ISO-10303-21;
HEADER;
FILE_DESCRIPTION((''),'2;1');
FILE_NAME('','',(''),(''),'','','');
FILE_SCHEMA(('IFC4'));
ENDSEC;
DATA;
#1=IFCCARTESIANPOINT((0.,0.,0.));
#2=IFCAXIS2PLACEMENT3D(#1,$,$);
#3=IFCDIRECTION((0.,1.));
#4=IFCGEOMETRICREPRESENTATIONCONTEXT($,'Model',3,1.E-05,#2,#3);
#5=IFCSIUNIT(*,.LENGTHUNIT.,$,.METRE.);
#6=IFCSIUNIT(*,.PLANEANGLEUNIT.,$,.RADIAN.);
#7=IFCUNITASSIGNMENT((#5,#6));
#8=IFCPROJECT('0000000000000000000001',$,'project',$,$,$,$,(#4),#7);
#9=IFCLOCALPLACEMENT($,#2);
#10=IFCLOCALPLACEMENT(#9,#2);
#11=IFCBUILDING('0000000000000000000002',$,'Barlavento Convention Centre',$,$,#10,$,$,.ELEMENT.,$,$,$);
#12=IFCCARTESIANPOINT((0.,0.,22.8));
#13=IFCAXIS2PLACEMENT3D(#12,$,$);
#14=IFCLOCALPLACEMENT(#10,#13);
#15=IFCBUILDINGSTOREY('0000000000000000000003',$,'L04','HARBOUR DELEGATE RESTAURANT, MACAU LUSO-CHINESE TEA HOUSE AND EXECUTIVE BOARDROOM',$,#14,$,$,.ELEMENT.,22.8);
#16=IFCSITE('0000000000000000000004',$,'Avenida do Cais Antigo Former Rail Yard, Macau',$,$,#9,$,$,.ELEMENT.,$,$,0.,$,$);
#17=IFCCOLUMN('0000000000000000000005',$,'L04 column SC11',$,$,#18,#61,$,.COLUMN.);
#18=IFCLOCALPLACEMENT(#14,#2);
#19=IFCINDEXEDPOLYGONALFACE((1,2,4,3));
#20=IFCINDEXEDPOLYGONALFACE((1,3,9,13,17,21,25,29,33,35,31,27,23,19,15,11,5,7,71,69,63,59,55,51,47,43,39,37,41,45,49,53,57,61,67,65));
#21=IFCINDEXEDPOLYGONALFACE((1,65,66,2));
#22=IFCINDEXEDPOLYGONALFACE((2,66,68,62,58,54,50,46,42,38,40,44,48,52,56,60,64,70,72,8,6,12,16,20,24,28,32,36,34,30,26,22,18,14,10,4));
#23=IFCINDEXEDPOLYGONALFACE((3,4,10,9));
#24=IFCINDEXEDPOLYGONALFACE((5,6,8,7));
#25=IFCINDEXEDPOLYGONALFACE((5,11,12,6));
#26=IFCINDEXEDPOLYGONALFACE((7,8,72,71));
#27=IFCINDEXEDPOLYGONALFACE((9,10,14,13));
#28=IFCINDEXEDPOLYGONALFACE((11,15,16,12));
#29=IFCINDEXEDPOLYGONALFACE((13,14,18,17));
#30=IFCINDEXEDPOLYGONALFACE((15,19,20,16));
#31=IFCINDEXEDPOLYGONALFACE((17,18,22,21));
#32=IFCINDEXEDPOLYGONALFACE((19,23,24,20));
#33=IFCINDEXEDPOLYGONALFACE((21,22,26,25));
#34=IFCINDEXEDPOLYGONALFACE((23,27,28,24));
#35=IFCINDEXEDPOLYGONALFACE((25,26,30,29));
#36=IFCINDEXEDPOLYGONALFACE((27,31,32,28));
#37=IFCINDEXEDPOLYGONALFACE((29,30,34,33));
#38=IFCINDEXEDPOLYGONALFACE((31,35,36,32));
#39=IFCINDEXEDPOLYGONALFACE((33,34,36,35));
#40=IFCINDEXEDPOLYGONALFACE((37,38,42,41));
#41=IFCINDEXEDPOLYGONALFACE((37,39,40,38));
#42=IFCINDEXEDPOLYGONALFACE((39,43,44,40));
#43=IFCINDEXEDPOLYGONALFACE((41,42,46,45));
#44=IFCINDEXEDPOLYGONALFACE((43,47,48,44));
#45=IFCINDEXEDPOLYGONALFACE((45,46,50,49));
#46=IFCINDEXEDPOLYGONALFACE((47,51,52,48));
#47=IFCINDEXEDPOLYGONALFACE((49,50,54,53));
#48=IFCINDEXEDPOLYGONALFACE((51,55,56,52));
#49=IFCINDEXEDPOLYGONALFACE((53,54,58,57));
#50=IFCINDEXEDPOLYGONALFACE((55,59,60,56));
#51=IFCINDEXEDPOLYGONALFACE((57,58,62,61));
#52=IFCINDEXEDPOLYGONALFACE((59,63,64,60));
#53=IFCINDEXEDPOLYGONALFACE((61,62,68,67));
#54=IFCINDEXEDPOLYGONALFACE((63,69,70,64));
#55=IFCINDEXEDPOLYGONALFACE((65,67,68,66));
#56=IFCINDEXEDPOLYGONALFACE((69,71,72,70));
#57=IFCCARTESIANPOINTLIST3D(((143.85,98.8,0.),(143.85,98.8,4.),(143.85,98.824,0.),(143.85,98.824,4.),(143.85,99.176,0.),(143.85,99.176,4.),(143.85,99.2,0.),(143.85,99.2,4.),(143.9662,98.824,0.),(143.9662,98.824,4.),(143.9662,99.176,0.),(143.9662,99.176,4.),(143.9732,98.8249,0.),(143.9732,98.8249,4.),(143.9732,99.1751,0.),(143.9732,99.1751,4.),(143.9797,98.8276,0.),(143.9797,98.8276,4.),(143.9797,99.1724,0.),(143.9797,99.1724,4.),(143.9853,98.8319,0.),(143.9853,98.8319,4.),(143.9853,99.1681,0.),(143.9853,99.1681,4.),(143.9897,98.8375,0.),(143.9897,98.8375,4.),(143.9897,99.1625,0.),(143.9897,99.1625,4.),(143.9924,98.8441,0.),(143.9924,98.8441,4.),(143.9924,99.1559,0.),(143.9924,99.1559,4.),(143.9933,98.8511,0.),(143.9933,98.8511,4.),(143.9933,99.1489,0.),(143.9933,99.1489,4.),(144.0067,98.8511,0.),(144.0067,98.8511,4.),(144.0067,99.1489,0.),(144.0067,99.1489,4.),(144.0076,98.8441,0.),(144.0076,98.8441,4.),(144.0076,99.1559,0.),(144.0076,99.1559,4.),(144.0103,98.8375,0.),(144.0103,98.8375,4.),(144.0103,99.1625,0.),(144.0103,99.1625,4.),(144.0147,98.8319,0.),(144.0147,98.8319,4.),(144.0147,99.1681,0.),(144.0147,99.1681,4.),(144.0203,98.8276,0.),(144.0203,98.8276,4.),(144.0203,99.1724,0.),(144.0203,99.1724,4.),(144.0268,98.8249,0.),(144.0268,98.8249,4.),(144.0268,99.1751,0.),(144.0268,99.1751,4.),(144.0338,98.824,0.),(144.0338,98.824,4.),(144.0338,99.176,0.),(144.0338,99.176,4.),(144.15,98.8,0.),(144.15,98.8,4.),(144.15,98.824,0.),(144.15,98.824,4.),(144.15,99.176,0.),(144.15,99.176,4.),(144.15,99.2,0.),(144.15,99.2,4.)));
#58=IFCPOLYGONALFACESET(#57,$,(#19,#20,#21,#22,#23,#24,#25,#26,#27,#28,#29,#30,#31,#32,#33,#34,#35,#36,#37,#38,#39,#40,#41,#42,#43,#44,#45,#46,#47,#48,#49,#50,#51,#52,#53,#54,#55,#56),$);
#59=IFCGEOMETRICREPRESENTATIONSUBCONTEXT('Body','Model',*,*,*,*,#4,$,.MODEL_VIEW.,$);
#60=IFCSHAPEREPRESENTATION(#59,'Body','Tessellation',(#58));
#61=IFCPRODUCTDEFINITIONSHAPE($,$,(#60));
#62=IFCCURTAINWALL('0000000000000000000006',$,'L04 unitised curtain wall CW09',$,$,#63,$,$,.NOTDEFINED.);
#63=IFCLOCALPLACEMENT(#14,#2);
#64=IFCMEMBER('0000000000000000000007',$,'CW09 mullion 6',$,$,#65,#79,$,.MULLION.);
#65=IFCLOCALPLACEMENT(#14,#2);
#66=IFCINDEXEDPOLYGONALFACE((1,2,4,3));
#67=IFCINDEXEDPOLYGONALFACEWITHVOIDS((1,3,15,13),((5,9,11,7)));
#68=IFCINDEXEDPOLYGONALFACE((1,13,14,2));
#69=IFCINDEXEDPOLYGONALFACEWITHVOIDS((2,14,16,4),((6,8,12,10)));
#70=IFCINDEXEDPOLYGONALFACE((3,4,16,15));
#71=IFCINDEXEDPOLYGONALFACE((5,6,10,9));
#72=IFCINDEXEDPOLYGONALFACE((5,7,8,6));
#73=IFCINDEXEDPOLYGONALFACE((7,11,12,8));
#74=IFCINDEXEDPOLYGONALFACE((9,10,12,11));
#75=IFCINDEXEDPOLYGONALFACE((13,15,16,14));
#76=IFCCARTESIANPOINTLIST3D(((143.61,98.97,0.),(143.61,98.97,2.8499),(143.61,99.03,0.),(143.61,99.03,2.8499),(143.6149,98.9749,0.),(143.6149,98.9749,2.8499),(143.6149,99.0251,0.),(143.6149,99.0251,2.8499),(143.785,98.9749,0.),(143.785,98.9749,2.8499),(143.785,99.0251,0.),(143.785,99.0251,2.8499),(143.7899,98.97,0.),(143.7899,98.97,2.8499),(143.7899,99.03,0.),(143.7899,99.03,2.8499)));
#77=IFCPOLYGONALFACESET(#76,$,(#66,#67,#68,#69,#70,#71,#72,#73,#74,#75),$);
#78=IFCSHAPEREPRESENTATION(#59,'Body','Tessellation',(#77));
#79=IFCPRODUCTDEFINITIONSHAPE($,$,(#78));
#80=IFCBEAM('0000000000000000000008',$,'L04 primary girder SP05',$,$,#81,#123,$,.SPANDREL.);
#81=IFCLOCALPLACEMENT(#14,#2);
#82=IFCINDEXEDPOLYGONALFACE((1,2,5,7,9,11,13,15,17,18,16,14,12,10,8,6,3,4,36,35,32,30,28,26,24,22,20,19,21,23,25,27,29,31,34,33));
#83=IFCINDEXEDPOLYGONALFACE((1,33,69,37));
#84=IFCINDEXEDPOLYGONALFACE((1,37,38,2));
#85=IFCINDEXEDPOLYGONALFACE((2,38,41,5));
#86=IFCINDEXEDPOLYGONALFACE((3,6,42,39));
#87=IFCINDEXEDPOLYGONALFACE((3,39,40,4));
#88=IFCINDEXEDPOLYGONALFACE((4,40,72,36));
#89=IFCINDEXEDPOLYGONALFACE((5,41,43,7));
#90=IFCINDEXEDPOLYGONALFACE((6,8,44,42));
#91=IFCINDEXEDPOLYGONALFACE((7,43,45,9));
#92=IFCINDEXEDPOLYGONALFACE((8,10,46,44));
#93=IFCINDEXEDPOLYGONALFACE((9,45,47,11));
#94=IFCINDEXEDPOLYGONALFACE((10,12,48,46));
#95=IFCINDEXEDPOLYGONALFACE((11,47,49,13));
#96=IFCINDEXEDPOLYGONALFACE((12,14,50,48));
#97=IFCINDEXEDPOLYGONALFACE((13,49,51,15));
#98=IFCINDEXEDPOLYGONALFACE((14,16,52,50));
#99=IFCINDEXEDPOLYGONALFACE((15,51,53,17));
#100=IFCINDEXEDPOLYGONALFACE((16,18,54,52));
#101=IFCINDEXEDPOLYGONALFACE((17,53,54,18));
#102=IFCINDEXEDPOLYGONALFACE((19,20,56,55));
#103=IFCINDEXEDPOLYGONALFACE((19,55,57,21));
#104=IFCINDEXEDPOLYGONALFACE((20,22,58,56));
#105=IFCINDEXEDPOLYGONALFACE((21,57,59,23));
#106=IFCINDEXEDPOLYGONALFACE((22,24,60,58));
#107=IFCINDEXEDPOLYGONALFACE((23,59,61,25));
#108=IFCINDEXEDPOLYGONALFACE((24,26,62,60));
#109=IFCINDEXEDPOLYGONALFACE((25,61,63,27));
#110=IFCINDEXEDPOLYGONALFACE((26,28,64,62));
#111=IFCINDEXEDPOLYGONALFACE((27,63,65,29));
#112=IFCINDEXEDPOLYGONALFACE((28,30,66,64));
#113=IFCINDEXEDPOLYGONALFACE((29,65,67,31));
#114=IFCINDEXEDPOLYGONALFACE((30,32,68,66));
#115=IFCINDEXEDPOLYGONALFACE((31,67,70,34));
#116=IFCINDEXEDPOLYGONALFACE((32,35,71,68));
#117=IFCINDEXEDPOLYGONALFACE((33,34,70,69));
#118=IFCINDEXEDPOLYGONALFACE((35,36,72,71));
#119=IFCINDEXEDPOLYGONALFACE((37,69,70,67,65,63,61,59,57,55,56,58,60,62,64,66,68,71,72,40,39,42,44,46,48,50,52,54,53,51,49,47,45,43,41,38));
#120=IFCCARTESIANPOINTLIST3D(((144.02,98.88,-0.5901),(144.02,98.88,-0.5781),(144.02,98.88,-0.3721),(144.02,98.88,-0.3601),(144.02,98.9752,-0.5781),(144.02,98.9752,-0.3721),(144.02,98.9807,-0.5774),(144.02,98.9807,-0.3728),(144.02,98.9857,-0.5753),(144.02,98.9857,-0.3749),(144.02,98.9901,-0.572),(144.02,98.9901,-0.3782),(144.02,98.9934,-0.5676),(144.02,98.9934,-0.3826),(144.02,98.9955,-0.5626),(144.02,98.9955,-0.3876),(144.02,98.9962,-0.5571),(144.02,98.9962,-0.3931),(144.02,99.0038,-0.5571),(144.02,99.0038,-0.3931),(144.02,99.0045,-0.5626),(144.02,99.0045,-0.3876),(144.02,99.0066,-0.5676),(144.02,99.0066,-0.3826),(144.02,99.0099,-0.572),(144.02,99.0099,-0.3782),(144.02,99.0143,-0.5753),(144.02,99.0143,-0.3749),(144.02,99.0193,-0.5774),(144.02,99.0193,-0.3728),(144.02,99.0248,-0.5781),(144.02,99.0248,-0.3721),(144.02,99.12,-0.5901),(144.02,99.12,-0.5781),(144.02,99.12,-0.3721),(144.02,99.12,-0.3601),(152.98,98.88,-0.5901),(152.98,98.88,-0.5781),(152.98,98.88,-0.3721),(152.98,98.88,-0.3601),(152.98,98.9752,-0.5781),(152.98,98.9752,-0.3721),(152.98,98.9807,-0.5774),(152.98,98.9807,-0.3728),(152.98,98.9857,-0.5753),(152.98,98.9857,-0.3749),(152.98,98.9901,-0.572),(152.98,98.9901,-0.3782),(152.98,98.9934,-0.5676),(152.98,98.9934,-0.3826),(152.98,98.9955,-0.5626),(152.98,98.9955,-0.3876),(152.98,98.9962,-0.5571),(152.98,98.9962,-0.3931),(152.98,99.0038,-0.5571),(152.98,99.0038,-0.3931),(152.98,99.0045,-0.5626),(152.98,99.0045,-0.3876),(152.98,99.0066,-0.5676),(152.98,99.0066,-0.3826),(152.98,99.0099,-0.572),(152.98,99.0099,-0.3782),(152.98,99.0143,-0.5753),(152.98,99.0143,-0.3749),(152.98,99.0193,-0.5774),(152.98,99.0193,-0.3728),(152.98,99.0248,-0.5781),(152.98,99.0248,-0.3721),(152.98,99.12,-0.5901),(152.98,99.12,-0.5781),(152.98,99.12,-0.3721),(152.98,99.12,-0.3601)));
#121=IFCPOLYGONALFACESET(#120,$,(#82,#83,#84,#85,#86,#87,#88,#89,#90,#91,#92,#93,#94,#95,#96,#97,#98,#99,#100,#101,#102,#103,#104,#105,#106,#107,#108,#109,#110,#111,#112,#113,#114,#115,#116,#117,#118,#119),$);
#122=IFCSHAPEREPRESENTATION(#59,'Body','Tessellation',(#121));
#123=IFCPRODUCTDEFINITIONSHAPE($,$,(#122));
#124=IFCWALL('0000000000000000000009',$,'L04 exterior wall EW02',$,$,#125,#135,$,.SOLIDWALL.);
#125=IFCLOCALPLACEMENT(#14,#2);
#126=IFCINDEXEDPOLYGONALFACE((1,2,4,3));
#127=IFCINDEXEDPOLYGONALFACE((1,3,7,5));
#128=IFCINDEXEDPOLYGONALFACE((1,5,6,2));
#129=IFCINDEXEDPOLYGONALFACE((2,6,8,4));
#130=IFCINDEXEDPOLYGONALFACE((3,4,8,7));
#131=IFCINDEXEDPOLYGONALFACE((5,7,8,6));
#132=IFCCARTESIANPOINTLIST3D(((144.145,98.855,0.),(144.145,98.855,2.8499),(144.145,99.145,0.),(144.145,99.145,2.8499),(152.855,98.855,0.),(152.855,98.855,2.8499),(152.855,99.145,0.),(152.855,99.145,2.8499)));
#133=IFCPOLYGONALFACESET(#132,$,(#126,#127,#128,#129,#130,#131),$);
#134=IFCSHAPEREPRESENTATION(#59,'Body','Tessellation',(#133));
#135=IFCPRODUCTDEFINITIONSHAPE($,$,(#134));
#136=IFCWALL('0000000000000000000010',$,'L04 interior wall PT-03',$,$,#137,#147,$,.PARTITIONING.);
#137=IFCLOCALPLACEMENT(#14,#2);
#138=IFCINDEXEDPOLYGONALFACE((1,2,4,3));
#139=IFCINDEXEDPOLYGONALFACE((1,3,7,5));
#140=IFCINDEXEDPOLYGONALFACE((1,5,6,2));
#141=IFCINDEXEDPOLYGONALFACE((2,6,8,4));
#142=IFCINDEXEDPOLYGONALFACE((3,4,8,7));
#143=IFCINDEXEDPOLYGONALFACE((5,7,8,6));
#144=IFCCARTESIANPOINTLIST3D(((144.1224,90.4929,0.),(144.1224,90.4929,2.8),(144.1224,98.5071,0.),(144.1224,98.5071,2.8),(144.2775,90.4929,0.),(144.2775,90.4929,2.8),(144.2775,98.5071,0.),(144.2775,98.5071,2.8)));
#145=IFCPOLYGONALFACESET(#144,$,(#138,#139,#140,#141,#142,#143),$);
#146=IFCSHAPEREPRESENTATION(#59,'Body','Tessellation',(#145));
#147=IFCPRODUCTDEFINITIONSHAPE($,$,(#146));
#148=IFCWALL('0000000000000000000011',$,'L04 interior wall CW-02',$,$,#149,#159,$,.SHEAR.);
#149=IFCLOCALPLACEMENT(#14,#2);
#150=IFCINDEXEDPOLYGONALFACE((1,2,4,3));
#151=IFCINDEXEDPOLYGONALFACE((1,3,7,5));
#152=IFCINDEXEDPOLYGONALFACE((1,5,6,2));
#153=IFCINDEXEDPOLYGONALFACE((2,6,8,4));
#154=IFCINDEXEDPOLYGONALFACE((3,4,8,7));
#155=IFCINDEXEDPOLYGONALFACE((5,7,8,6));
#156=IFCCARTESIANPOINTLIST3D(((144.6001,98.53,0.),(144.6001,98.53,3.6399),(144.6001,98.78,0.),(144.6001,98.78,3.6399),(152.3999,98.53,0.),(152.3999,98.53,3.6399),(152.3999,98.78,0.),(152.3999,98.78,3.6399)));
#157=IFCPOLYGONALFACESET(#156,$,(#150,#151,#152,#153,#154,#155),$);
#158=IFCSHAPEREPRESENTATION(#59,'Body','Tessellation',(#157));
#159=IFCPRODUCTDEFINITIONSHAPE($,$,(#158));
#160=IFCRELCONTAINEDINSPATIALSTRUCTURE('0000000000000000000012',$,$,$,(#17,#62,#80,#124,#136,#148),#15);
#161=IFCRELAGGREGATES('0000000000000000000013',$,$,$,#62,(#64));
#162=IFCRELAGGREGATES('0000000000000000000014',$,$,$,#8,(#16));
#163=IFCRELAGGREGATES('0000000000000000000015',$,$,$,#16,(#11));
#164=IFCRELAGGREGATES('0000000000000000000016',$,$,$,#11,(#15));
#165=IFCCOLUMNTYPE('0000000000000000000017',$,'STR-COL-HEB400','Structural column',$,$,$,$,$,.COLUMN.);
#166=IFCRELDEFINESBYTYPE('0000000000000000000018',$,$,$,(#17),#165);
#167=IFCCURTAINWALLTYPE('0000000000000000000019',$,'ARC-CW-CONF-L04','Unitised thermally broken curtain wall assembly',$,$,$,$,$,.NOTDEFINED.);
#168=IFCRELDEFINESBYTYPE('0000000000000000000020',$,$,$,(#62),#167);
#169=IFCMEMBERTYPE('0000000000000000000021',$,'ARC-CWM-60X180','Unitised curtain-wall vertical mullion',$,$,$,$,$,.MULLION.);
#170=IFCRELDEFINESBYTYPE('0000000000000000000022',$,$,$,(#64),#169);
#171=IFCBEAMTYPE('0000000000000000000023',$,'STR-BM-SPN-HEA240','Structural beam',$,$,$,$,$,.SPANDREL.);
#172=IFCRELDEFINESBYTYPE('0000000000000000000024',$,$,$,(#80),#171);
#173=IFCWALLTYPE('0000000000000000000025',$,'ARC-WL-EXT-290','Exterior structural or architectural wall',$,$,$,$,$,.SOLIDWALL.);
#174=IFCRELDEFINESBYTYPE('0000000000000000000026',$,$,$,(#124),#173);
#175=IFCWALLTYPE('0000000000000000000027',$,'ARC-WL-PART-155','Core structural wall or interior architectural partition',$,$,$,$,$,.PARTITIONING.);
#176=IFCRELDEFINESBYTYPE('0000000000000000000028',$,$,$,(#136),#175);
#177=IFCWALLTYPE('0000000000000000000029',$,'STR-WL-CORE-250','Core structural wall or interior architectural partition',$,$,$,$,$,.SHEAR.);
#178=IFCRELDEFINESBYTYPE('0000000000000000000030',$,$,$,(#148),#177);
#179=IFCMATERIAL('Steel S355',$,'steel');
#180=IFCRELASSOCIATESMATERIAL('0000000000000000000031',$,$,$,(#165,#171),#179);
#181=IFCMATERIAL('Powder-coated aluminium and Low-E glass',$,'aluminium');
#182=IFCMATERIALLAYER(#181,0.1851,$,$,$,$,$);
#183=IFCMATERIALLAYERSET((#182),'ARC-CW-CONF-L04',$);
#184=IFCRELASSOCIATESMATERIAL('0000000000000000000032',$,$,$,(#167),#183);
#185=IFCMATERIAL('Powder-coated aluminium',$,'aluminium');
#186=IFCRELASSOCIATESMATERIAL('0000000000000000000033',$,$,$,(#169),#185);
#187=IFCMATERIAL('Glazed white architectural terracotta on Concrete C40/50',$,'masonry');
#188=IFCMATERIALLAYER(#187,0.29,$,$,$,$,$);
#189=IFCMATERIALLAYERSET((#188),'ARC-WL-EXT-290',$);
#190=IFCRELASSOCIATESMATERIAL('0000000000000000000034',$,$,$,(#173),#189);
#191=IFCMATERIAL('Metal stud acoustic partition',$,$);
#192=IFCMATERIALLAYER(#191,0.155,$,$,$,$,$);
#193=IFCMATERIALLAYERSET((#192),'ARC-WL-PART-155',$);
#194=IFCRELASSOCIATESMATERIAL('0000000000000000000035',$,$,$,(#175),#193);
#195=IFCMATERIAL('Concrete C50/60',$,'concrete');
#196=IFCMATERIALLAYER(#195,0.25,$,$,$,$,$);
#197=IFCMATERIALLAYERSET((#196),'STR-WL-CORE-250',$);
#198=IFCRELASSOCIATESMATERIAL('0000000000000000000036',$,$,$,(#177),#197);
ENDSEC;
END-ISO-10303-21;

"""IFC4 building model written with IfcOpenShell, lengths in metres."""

from ifc_helpers import new_model, si_unit, direction, frame, frame_2d, origin, origin_2d, place, context, subcontext, project, spatial, rectangle, hollow_rectangle, i_section, extrude, material, layer, layer_set, material_profile, profile_set, type_object, element, aggregate, save


model = new_model("IFC4")

# Units and contexts
model_context = context("Model", 3, precision=1e-05, world=origin(), true_north=direction((0.0, 1.0)))
body_context = subcontext(model_context, "Body", "Model", "MODEL_VIEW")
ifc_project = project(units=[si_unit("LENGTHUNIT", "METRE"), si_unit("PLANEANGLEUNIT", "RADIAN")], contexts=[model_context])

# Site, building, storey
site_placement = place(None, origin())
site = spatial("IfcSite", under=ifc_project, at=site_placement, Name="Avenida do Cais Antigo Former Rail Yard, Macau", CompositionType="ELEMENT", RefElevation=0.0)
building_placement = place(site_placement, origin())
building = spatial("IfcBuilding", under=site, at=building_placement, Name="Barlavento Convention Centre", CompositionType="ELEMENT")
storey_placement = place(building_placement, frame((0.0, 0.0, 22.8)))
storey = spatial("IfcBuildingStorey", under=building, at=storey_placement, Name="L04", Description="HARBOUR DELEGATE RESTAURANT, MACAU LUSO-CHINESE TEA HOUSE AND EXECUTIVE BOARDROOM", CompositionType="ELEMENT", Elevation=22.8)

# Column
ifc_material_1 = material(Name="Steel S355", Category="steel")
ifc_material_profile_1 = material_profile(ifc_material_1, i_section(OverallWidth=0.3, OverallDepth=0.3999, WebThickness=0.0134, FlangeThickness=0.0239, FilletRadius=0.0271, at=origin_2d()), Name="HEB 400")
ifc_profile_set_1 = profile_set([ifc_material_profile_1], Name="Steel S355")
column_type = type_object("IfcColumnType", Name="STR-COL-HEB400", Description="Structural column", PredefinedType="COLUMN", material=ifc_profile_set_1)
column_placement = place(storey_placement, frame((144.0, 99.0, 0.0), z_axis=(0.0, 0.0, 1.0), x_axis=(1.0, 0.0, 0.0)))
element("IfcColumn", 1, at=column_placement, inside=storey, type_object=column_type, Name="L04 column SC11", PredefinedType="COLUMN", context=body_context, shape_type="SweptSolid", body=[
    extrude(i_section(OverallWidth=0.3, OverallDepth=0.3999, WebThickness=0.0134, FlangeThickness=0.0239, FilletRadius=0.0271, at=origin_2d()), origin(), (0.0, 0.0, 1.0), 4.0),
])

# Curtain wall, member
ifc_material_2 = material(Name="Powder-coated aluminium and Low-E glass", Category="aluminium")
ifc_layer_1 = layer(ifc_material_2, 0.1851)
ifc_layer_set_1 = layer_set([ifc_layer_1], Name="ARC-CW-CONF-L04")
curtain_wall_type = type_object("IfcCurtainWallType", Name="ARC-CW-CONF-L04", Description="Unitised thermally broken curtain wall assembly", PredefinedType="NOTDEFINED", material=ifc_layer_set_1)
curtain_wall_placement = place(storey_placement, origin())
curtain_wall = element("IfcCurtainWall", 2, at=curtain_wall_placement, inside=storey, type_object=curtain_wall_type, Name="L04 unitised curtain wall CW09", PredefinedType="NOTDEFINED")
ifc_material_3 = material(Name="Powder-coated aluminium", Category="aluminium")
ifc_material_profile_2 = material_profile(ifc_material_3, hollow_rectangle(XDim=0.0601, YDim=0.1799, WallThickness=0.0049, at=origin_2d()), Name="AL-MULL 60x180x5")
ifc_profile_set_2 = profile_set([ifc_material_profile_2], Name="Powder-coated aluminium")
member_type = type_object("IfcMemberType", Name="ARC-CWM-60X180", Description="Unitised curtain-wall vertical mullion", PredefinedType="MULLION", material=ifc_profile_set_2)
member_placement = place(storey_placement, frame((143.7, 99.0, 0.0), z_axis=(0.0, 0.0, 1.0), x_axis=(0.0, 1.0, 0.0)))
member = element("IfcMember", 3, at=member_placement, type_object=member_type, Name="CW09 mullion 6", PredefinedType="MULLION", context=body_context, shape_type="SweptSolid", body=[
    extrude(hollow_rectangle(XDim=0.0601, YDim=0.1799, WallThickness=0.0049, at=origin_2d()), origin(), (0.0, 0.0, 1.0), 2.8499),
])
aggregate(curtain_wall, [member])

# Beam
ifc_material_profile_3 = material_profile(ifc_material_1, i_section(OverallWidth=0.24, OverallDepth=0.23, WebThickness=0.0076, FlangeThickness=0.012, FilletRadius=0.021, at=origin_2d()), Name="HEA 240")
ifc_profile_set_3 = profile_set([ifc_material_profile_3], Name="Steel S355")
beam_type = type_object("IfcBeamType", Name="STR-BM-SPN-HEA240", Description="Structural beam", PredefinedType="SPANDREL", material=ifc_profile_set_3)
beam_placement = place(storey_placement, frame((144.02, 99.0, -0.4751), z_axis=(1.0, 0.0, 0.0), x_axis=(0.0, 1.0, 0.0)))
element("IfcBeam", 4, at=beam_placement, inside=storey, type_object=beam_type, Name="L04 primary girder SP05", PredefinedType="SPANDREL", context=body_context, shape_type="SweptSolid", body=[
    extrude(i_section(OverallWidth=0.24, OverallDepth=0.23, WebThickness=0.0076, FlangeThickness=0.012, FilletRadius=0.021, at=origin_2d()), origin(), (0.0, 0.0, 1.0), 8.96),
])

# Walls
ifc_material_4 = material(Name="Glazed white architectural terracotta on Concrete C40/50", Category="masonry")
ifc_layer_2 = layer(ifc_material_4, 0.29)
ifc_layer_set_2 = layer_set([ifc_layer_2], Name="ARC-WL-EXT-290")
wall_type_1 = type_object("IfcWallType", Name="ARC-WL-EXT-290", Description="Exterior structural or architectural wall", PredefinedType="SOLIDWALL", material=ifc_layer_set_2)
wall_1_placement = place(storey_placement, frame((144.145, 99.0, 0.0), z_axis=(0.0, 0.0, 1.0), x_axis=(1.0, 0.0, 0.0)))
element("IfcWall", 5, at=wall_1_placement, inside=storey, type_object=wall_type_1, Name="L04 exterior wall EW02", PredefinedType="SOLIDWALL", context=body_context, shape_type="SweptSolid", body=[
    extrude(rectangle(XDim=8.71, YDim=0.29, at=frame_2d((4.355, 0.0))), origin(), (0.0, 0.0, 1.0), 2.8499),
])
ifc_material_5 = material(Name="Metal stud acoustic partition")
ifc_layer_3 = layer(ifc_material_5, 0.155)
ifc_layer_set_3 = layer_set([ifc_layer_3], Name="ARC-WL-PART-155")
wall_type_2 = type_object("IfcWallType", Name="ARC-WL-PART-155", Description="Core structural wall or interior architectural partition", PredefinedType="PARTITIONING", material=ifc_layer_set_3)
wall_2_placement = place(storey_placement, frame((144.2, 90.4929, 0.0), z_axis=(0.0, 0.0, 1.0), x_axis=(0.0, 1.0, 0.0)))
element("IfcWall", 6, at=wall_2_placement, inside=storey, type_object=wall_type_2, Name="L04 interior wall PT-03", PredefinedType="PARTITIONING", context=body_context, shape_type="SweptSolid", body=[
    extrude(rectangle(XDim=8.0142, YDim=0.155, at=frame_2d((4.0071, 0.0))), origin(), (0.0, 0.0, 1.0), 2.8),
])
ifc_material_6 = material(Name="Concrete C50/60", Category="concrete")
ifc_layer_4 = layer(ifc_material_6, 0.25)
ifc_layer_set_4 = layer_set([ifc_layer_4], Name="STR-WL-CORE-250")
wall_type_3 = type_object("IfcWallType", Name="STR-WL-CORE-250", Description="Core structural wall or interior architectural partition", PredefinedType="SHEAR", material=ifc_layer_set_4)
wall_3_placement = place(storey_placement, frame((144.6001, 98.655, 0.0), z_axis=(0.0, 0.0, 1.0), x_axis=(1.0, 0.0, 0.0)))
element("IfcWall", 7, at=wall_3_placement, inside=storey, type_object=wall_type_3, Name="L04 interior wall CW-02", PredefinedType="SHEAR", context=body_context, shape_type="SweptSolid", body=[
    extrude(rectangle(XDim=7.7998, YDim=0.25, at=frame_2d((3.8999, 0.0))), origin(), (0.0, 0.0, 1.0), 3.6399),
])

save(model, "model.ifc")
